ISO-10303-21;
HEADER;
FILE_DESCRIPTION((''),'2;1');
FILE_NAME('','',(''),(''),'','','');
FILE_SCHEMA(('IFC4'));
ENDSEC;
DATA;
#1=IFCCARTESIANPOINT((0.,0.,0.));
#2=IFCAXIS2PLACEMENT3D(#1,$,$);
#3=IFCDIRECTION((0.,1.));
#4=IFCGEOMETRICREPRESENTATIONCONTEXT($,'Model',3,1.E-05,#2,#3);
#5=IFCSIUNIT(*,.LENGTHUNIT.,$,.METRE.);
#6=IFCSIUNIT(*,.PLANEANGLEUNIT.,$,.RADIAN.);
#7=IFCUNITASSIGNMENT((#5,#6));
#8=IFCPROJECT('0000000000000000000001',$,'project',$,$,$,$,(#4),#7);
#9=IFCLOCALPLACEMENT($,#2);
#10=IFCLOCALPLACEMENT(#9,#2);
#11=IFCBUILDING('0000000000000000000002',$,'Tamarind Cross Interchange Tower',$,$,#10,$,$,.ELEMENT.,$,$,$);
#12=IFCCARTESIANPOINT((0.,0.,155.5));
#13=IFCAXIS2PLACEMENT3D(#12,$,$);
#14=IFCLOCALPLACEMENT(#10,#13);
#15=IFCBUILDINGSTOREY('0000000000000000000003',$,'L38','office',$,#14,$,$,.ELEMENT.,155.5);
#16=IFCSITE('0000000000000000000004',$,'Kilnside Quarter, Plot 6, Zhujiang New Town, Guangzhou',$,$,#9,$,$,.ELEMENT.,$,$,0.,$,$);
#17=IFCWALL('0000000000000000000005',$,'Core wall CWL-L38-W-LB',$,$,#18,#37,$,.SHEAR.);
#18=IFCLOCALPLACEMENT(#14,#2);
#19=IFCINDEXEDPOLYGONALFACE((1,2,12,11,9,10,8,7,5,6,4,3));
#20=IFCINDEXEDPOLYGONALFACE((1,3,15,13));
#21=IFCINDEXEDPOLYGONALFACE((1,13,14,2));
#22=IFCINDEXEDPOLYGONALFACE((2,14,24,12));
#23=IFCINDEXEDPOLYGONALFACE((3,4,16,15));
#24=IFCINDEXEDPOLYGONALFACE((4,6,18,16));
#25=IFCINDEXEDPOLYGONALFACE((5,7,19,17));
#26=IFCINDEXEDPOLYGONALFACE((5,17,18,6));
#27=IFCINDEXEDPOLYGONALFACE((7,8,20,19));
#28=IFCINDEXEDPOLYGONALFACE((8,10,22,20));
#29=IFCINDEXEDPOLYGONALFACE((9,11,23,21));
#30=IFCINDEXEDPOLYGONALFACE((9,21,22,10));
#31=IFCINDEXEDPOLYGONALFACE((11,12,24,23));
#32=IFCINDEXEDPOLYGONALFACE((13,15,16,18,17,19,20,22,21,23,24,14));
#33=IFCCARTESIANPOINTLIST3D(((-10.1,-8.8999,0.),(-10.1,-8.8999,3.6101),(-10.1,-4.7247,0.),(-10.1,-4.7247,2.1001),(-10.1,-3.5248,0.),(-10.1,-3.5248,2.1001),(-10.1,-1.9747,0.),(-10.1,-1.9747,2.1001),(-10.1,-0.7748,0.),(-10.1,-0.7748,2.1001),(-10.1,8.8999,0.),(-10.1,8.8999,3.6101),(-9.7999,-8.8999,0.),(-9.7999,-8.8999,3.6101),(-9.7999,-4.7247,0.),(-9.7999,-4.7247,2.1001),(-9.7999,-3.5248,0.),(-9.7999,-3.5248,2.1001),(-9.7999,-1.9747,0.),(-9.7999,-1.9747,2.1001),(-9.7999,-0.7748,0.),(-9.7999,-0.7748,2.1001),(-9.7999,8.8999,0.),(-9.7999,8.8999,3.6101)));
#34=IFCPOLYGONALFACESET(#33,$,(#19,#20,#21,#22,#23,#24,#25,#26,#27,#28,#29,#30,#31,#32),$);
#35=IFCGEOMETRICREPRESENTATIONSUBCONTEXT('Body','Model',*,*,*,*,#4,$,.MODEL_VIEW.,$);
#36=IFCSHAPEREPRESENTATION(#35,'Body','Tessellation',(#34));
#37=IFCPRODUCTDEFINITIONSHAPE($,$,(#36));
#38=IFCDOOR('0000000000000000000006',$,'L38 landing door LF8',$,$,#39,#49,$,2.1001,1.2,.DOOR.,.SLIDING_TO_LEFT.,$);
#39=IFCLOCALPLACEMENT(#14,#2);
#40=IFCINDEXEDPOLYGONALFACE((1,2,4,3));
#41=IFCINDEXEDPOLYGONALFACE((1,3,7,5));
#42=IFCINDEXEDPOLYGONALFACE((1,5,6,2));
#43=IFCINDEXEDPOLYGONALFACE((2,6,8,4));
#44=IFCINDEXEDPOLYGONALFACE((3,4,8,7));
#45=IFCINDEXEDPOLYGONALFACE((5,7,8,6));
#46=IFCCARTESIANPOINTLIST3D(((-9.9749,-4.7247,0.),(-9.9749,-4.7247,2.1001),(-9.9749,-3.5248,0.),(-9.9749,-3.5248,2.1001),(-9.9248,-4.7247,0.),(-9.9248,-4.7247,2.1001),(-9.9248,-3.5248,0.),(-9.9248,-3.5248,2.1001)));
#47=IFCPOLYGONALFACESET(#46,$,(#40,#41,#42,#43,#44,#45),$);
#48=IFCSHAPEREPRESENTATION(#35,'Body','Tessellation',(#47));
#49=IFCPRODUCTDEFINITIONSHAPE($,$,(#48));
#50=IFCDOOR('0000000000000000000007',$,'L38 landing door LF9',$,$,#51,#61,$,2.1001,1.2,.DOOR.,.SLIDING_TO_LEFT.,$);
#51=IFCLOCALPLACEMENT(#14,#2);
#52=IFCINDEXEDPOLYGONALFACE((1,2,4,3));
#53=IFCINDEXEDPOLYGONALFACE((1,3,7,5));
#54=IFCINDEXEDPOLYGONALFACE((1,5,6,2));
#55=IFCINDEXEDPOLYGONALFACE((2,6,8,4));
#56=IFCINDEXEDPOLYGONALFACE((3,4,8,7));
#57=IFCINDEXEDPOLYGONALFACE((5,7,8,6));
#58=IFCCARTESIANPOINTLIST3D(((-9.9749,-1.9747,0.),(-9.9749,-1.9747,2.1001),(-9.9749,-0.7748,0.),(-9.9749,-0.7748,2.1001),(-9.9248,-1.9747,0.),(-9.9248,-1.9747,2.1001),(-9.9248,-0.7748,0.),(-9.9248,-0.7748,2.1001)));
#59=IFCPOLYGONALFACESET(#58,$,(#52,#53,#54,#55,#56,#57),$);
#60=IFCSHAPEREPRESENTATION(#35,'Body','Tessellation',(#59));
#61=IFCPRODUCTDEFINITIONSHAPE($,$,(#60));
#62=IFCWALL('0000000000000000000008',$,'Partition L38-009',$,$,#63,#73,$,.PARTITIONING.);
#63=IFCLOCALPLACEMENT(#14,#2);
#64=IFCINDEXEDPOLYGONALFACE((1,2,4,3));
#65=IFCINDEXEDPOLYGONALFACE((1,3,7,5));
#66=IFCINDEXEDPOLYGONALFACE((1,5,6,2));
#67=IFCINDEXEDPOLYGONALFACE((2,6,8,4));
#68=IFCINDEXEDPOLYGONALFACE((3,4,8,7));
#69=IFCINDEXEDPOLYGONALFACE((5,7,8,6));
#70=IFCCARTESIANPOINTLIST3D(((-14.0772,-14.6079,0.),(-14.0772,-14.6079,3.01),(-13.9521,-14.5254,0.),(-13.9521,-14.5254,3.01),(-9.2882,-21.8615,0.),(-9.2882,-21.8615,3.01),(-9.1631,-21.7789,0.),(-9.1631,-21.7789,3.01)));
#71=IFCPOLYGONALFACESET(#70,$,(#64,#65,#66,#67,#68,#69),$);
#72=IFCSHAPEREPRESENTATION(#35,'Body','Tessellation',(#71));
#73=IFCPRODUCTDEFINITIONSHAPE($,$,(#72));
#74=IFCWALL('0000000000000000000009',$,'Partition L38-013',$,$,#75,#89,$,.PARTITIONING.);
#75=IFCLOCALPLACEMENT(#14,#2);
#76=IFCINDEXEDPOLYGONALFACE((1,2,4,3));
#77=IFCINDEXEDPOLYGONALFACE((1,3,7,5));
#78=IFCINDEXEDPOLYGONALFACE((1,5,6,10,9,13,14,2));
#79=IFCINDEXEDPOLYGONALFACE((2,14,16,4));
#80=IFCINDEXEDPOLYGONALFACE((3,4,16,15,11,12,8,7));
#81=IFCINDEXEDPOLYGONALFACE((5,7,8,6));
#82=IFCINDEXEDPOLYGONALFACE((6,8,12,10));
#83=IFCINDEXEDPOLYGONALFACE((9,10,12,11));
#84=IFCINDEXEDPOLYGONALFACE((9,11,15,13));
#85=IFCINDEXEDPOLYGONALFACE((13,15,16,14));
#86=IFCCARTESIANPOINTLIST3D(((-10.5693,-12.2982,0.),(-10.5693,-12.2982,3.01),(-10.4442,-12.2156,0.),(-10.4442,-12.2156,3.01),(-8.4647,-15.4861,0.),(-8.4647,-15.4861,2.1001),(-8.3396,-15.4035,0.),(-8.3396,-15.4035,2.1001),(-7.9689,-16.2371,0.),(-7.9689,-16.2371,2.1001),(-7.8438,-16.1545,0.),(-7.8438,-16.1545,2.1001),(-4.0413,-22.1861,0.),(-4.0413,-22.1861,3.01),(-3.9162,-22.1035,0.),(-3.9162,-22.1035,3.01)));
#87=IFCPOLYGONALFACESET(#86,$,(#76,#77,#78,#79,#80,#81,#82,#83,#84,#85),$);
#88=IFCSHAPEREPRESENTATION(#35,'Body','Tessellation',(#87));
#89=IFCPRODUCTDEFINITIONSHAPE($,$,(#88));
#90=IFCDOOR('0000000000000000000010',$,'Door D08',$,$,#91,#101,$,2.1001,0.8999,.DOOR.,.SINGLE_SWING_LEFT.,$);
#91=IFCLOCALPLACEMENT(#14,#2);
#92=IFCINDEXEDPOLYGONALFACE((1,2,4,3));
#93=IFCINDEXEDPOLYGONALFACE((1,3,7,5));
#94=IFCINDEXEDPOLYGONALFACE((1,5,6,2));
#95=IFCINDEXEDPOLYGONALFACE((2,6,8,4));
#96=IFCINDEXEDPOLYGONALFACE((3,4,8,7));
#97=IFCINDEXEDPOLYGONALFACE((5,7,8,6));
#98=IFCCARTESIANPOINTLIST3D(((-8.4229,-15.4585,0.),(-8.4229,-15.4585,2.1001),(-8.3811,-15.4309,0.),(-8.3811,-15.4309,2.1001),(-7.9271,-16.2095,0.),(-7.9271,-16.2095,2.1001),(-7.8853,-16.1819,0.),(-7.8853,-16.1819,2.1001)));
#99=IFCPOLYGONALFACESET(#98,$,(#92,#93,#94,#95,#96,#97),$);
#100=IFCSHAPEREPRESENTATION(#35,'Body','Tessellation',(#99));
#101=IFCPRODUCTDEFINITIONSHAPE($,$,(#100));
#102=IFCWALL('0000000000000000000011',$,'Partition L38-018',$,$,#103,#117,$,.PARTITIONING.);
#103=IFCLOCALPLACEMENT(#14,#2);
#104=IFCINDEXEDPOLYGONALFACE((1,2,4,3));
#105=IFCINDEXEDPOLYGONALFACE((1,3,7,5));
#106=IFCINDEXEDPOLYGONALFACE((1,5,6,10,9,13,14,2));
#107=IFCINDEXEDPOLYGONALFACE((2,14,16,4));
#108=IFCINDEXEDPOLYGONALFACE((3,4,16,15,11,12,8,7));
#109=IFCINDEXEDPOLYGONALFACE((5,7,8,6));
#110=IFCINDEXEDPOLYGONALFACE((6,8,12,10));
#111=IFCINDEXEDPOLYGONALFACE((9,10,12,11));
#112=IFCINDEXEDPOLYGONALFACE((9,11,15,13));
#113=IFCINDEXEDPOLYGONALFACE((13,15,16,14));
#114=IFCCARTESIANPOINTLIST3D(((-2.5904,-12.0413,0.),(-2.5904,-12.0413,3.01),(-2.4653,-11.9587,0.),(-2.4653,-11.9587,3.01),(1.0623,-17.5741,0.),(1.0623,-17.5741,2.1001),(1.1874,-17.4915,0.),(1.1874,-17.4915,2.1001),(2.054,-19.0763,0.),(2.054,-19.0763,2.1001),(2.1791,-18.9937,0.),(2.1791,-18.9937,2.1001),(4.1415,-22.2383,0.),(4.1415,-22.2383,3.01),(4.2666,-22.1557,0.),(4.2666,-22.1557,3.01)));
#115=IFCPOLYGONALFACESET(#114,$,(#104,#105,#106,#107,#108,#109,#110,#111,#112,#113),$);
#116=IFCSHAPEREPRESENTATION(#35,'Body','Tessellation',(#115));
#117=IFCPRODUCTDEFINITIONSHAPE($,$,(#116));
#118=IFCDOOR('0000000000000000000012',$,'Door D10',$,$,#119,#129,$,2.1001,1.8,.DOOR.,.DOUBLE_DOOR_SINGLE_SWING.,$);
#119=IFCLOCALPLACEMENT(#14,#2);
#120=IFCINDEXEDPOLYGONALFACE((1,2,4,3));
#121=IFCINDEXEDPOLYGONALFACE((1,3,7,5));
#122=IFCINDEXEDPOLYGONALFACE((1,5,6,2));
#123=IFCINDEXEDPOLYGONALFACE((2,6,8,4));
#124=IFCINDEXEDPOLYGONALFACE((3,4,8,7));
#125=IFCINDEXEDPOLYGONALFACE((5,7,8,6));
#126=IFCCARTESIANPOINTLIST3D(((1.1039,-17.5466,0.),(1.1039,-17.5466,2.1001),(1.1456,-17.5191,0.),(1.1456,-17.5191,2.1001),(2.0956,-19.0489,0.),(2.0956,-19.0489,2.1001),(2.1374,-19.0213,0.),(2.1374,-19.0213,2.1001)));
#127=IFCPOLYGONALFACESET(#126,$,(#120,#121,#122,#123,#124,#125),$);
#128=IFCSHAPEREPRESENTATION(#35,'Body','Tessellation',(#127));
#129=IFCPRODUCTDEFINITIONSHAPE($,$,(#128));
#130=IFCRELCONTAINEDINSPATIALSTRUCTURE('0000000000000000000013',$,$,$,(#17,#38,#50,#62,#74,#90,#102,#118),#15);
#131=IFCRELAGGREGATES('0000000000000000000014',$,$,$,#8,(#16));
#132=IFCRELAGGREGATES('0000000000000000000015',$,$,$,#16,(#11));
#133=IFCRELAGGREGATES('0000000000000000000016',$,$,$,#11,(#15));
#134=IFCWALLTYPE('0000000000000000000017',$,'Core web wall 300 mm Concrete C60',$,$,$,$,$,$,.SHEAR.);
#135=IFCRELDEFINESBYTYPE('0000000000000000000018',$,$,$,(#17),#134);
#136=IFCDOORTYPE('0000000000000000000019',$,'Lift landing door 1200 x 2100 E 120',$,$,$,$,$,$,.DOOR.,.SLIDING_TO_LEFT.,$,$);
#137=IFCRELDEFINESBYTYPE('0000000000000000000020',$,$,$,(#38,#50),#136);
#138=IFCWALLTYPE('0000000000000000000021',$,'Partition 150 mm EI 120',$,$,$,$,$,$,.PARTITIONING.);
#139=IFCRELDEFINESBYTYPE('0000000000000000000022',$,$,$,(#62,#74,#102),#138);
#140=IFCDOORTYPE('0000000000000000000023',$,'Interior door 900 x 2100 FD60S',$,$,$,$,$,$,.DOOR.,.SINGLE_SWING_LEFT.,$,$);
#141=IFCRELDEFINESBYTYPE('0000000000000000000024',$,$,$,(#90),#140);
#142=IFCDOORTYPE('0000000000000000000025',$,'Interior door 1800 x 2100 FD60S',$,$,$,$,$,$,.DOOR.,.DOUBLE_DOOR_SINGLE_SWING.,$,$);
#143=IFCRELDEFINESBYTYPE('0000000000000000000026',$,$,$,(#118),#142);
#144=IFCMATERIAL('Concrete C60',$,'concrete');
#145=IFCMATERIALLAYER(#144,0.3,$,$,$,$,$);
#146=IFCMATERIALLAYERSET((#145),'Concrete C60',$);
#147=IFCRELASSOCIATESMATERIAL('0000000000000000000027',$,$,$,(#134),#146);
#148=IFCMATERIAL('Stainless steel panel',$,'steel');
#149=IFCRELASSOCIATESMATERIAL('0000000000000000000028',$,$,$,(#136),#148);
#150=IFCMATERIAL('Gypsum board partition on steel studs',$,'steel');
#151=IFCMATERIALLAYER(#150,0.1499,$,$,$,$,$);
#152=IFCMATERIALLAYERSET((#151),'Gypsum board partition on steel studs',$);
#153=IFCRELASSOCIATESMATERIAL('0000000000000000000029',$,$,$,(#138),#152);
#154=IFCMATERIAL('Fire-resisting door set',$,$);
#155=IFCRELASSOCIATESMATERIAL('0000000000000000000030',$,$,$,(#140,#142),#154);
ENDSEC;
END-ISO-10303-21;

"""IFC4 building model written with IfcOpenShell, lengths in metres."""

from ifc_helpers import new_model, si_unit, direction, frame, frame_2d, origin, place, context, subcontext, project, spatial, rectangle, extrude, material, layer, layer_set, type_object, element, fill, save


model = new_model("IFC4")

# Units and contexts
model_context = context("Model", 3, precision=1e-05, world=origin(), true_north=direction((0.0, 1.0)))
body_context = subcontext(model_context, "Body", "Model", "MODEL_VIEW")
ifc_project = project(units=[si_unit("LENGTHUNIT", "METRE"), si_unit("PLANEANGLEUNIT", "RADIAN")], contexts=[model_context])

# Site, building, storey
site_placement = place(None, origin())
site = spatial("IfcSite", under=ifc_project, at=site_placement, Name="Kilnside Quarter, Plot 6, Zhujiang New Town, Guangzhou", CompositionType="ELEMENT", RefElevation=0.0)
building_placement = place(site_placement, origin())
building = spatial("IfcBuilding", under=site, at=building_placement, Name="Tamarind Cross Interchange Tower", CompositionType="ELEMENT")
storey_placement = place(building_placement, frame((0.0, 0.0, 155.5)))
storey = spatial("IfcBuildingStorey", under=building, at=storey_placement, Name="L38", Description="office", CompositionType="ELEMENT", Elevation=155.5)

# Shared definitions
ifc_material_1 = material(Name="Concrete C60", Category="concrete")

# Wall, openings, doors
ifc_layer_1 = layer(ifc_material_1, 0.3)
ifc_layer_set_1 = layer_set([ifc_layer_1], Name="Concrete C60")
wall_type_1 = type_object("IfcWallType", Name="Core web wall 300 mm Concrete C60", PredefinedType="SHEAR", material=ifc_layer_set_1)
ifc_material_2 = material(Name="Stainless steel panel", Category="steel")
wall_1_placement = place(storey_placement, frame((-9.95, -8.8999, 0.0), z_axis=(0.0, 0.0, 1.0), x_axis=(0.0, 1.0, 0.0)))
wall_1 = element("IfcWall", 1, at=wall_1_placement, inside=storey, type_object=wall_type_1, Name="Core wall CWL-L38-W-LB", PredefinedType="SHEAR", context=body_context, shape_type="SweptSolid", body=[
    extrude(rectangle(XDim=17.7998, YDim=0.3, at=frame_2d((8.8999, 0.0))), origin(), (0.0, 0.0, 1.0), 3.6101),
])
opening_1_placement = place(wall_1_placement, frame((4.175, 0.0, 0.0)))
opening_1 = element("IfcOpeningElement", 2, at=opening_1_placement, cuts=wall_1, PredefinedType="OPENING", context=body_context, shape_type="SweptSolid", body=[
    extrude(rectangle(XDim=1.2, YDim=2.1001, at=frame_2d((0.6001, 1.05))), frame((0.0, 0.1599, 0.0), z_axis=(0.0, -1.0, 0.0), x_axis=(1.0, 0.0, 0.0)), (0.0, 0.0, 1.0), 0.3201),
])
opening_2_placement = place(wall_1_placement, frame((6.925, 0.0, 0.0)))
opening_2 = element("IfcOpeningElement", 3, at=opening_2_placement, cuts=wall_1, PredefinedType="OPENING", context=body_context, shape_type="SweptSolid", body=[
    extrude(rectangle(XDim=1.2, YDim=2.1001, at=frame_2d((0.6001, 1.05))), frame((0.0, 0.1599, 0.0), z_axis=(0.0, -1.0, 0.0), x_axis=(1.0, 0.0, 0.0)), (0.0, 0.0, 1.0), 0.3201),
])
door_type_1 = type_object("IfcDoorType", Name="Lift landing door 1200 x 2100 E 120", OperationType="SLIDING_TO_LEFT", PredefinedType="DOOR", material=ifc_material_2)
door_1_placement = place(opening_1_placement, origin())
door_1 = element("IfcDoor", 4, at=door_1_placement, inside=storey, type_object=door_type_1, Name="L38 landing door LF8", OperationType="SLIDING_TO_LEFT", OverallHeight=2.1001, OverallWidth=1.2, PredefinedType="DOOR", context=body_context, shape_type="SweptSolid", body=[
    extrude(rectangle(XDim=1.2, YDim=2.1001, at=frame_2d((0.6001, 1.05))), frame((0.0, 0.0249, 0.0), z_axis=(0.0, -1.0, 0.0), x_axis=(1.0, 0.0, 0.0)), (0.0, 0.0, 1.0), 0.05),
])
fill(opening_1, door_1)
door_2_placement = place(opening_2_placement, origin())
door_2 = element("IfcDoor", 5, at=door_2_placement, inside=storey, type_object=door_type_1, Name="L38 landing door LF9", OperationType="SLIDING_TO_LEFT", OverallHeight=2.1001, OverallWidth=1.2, PredefinedType="DOOR", context=body_context, shape_type="SweptSolid", body=[
    extrude(rectangle(XDim=1.2, YDim=2.1001, at=frame_2d((0.6001, 1.05))), frame((0.0, 0.0249, 0.0), z_axis=(0.0, -1.0, 0.0), x_axis=(1.0, 0.0, 0.0)), (0.0, 0.0, 1.0), 0.05),
])
fill(opening_2, door_2)

# Wall
ifc_material_3 = material(Name="Gypsum board partition on steel studs", Category="steel")
ifc_layer_2 = layer(ifc_material_3, 0.1499)
ifc_layer_set_2 = layer_set([ifc_layer_2], Name="Gypsum board partition on steel studs")
wall_type_2 = type_object("IfcWallType", Name="Partition 150 mm EI 120", PredefinedType="PARTITIONING", material=ifc_layer_set_2)
wall_2_placement = place(storey_placement, frame((-14.0146, -14.5667, 0.0), z_axis=(0.0, 0.0, 1.0), x_axis=(0.550974, -0.834522, 0.0)))
element("IfcWall", 6, at=wall_2_placement, inside=storey, type_object=wall_type_2, Name="Partition L38-009", PredefinedType="PARTITIONING", context=body_context, shape_type="SweptSolid", body=[
    extrude(rectangle(XDim=8.6919, YDim=0.1499, at=frame_2d((4.3459, 0.0))), origin(), (0.0, 0.0, 1.0), 3.01),
])

# Walls, openings, doors
wall_3_placement = place(storey_placement, frame((-10.5068, -12.2568, 0.0), z_axis=(0.0, 0.0, 1.0), x_axis=(0.550962, -0.83453, 0.0)))
wall_3 = element("IfcWall", 7, at=wall_3_placement, inside=storey, type_object=wall_type_2, Name="Partition L38-013", PredefinedType="PARTITIONING", context=body_context, shape_type="SweptSolid", body=[
    extrude(rectangle(XDim=11.8484, YDim=0.1499, at=frame_2d((5.9243, 0.0))), origin(), (0.0, 0.0, 1.0), 3.01),
])
opening_3_placement = place(wall_3_placement, frame((3.8201, 0.0, 0.0)))
opening_3 = element("IfcOpeningElement", 8, at=opening_3_placement, cuts=wall_3, PredefinedType="OPENING", context=body_context, shape_type="SweptSolid", body=[
    extrude(rectangle(XDim=0.8999, YDim=2.1001, at=frame_2d((0.45, 1.05))), frame((0.0, 0.085, 0.0), z_axis=(0.0, -1.0, 0.0), x_axis=(1.0, 0.0, 0.0)), (0.0, 0.0, 1.0), 0.1699),
])
ifc_material_4 = material(Name="Fire-resisting door set")
door_type_2 = type_object("IfcDoorType", Name="Interior door 900 x 2100 FD60S", OperationType="SINGLE_SWING_LEFT", PredefinedType="DOOR", material=ifc_material_4)
door_3_placement = place(opening_3_placement, frame((0.8999, 0.0, 0.0), z_axis=(0.0, 0.0, 1.0), x_axis=(-1.0, 0.0, 0.0)))
door_3 = element("IfcDoor", 9, at=door_3_placement, inside=storey, type_object=door_type_2, Name="Door D08", OperationType="SINGLE_SWING_LEFT", OverallHeight=2.1001, OverallWidth=0.8999, PredefinedType="DOOR", context=body_context, shape_type="SweptSolid", body=[
    extrude(rectangle(XDim=0.8999, YDim=2.1001, at=frame_2d((0.45, 1.05))), frame((0.0, 0.0249, 0.0), z_axis=(0.0, -1.0, 0.0), x_axis=(1.0, 0.0, 0.0)), (0.0, 0.0, 1.0), 0.05),
])
fill(opening_3, door_3)
wall_4_placement = place(storey_placement, frame((-2.5278, -12.0, 0.0), z_axis=(0.0, 0.0, 1.0), x_axis=(0.55095, -0.834538, 0.0)))
wall_4 = element("IfcWall", 10, at=wall_4_placement, inside=storey, type_object=wall_type_2, Name="Partition L38-018", PredefinedType="PARTITIONING", context=body_context, shape_type="SweptSolid", body=[
    extrude(rectangle(XDim=12.2188, YDim=0.1499, at=frame_2d((6.1094, 0.0))), origin(), (0.0, 0.0, 1.0), 3.01),
])
opening_4_placement = place(wall_4_placement, frame((6.6299, 0.0, 0.0)))
opening_4 = element("IfcOpeningElement", 11, at=opening_4_placement, cuts=wall_4, PredefinedType="OPENING", context=body_context, shape_type="SweptSolid", body=[
    extrude(rectangle(XDim=1.8, YDim=2.1001, at=frame_2d((0.8999, 1.05))), frame((0.0, 0.085, 0.0), z_axis=(0.0, -1.0, 0.0), x_axis=(1.0, 0.0, 0.0)), (0.0, 0.0, 1.0), 0.1699),
])
door_type_3 = type_object("IfcDoorType", Name="Interior door 1800 x 2100 FD60S", OperationType="DOUBLE_DOOR_SINGLE_SWING", PredefinedType="DOOR", material=ifc_material_4)
door_4_placement = place(opening_4_placement, origin())
door_4 = element("IfcDoor", 12, at=door_4_placement, inside=storey, type_object=door_type_3, Name="Door D10", OperationType="DOUBLE_DOOR_SINGLE_SWING", OverallHeight=2.1001, OverallWidth=1.8, PredefinedType="DOOR", context=body_context, shape_type="SweptSolid", body=[
    extrude(rectangle(XDim=1.8, YDim=2.1001, at=frame_2d((0.8999, 1.05))), frame((0.0, 0.0249, 0.0), z_axis=(0.0, -1.0, 0.0), x_axis=(1.0, 0.0, 0.0)), (0.0, 0.0, 1.0), 0.05),
])
fill(opening_4, door_4)

save(model, "model.ifc")
